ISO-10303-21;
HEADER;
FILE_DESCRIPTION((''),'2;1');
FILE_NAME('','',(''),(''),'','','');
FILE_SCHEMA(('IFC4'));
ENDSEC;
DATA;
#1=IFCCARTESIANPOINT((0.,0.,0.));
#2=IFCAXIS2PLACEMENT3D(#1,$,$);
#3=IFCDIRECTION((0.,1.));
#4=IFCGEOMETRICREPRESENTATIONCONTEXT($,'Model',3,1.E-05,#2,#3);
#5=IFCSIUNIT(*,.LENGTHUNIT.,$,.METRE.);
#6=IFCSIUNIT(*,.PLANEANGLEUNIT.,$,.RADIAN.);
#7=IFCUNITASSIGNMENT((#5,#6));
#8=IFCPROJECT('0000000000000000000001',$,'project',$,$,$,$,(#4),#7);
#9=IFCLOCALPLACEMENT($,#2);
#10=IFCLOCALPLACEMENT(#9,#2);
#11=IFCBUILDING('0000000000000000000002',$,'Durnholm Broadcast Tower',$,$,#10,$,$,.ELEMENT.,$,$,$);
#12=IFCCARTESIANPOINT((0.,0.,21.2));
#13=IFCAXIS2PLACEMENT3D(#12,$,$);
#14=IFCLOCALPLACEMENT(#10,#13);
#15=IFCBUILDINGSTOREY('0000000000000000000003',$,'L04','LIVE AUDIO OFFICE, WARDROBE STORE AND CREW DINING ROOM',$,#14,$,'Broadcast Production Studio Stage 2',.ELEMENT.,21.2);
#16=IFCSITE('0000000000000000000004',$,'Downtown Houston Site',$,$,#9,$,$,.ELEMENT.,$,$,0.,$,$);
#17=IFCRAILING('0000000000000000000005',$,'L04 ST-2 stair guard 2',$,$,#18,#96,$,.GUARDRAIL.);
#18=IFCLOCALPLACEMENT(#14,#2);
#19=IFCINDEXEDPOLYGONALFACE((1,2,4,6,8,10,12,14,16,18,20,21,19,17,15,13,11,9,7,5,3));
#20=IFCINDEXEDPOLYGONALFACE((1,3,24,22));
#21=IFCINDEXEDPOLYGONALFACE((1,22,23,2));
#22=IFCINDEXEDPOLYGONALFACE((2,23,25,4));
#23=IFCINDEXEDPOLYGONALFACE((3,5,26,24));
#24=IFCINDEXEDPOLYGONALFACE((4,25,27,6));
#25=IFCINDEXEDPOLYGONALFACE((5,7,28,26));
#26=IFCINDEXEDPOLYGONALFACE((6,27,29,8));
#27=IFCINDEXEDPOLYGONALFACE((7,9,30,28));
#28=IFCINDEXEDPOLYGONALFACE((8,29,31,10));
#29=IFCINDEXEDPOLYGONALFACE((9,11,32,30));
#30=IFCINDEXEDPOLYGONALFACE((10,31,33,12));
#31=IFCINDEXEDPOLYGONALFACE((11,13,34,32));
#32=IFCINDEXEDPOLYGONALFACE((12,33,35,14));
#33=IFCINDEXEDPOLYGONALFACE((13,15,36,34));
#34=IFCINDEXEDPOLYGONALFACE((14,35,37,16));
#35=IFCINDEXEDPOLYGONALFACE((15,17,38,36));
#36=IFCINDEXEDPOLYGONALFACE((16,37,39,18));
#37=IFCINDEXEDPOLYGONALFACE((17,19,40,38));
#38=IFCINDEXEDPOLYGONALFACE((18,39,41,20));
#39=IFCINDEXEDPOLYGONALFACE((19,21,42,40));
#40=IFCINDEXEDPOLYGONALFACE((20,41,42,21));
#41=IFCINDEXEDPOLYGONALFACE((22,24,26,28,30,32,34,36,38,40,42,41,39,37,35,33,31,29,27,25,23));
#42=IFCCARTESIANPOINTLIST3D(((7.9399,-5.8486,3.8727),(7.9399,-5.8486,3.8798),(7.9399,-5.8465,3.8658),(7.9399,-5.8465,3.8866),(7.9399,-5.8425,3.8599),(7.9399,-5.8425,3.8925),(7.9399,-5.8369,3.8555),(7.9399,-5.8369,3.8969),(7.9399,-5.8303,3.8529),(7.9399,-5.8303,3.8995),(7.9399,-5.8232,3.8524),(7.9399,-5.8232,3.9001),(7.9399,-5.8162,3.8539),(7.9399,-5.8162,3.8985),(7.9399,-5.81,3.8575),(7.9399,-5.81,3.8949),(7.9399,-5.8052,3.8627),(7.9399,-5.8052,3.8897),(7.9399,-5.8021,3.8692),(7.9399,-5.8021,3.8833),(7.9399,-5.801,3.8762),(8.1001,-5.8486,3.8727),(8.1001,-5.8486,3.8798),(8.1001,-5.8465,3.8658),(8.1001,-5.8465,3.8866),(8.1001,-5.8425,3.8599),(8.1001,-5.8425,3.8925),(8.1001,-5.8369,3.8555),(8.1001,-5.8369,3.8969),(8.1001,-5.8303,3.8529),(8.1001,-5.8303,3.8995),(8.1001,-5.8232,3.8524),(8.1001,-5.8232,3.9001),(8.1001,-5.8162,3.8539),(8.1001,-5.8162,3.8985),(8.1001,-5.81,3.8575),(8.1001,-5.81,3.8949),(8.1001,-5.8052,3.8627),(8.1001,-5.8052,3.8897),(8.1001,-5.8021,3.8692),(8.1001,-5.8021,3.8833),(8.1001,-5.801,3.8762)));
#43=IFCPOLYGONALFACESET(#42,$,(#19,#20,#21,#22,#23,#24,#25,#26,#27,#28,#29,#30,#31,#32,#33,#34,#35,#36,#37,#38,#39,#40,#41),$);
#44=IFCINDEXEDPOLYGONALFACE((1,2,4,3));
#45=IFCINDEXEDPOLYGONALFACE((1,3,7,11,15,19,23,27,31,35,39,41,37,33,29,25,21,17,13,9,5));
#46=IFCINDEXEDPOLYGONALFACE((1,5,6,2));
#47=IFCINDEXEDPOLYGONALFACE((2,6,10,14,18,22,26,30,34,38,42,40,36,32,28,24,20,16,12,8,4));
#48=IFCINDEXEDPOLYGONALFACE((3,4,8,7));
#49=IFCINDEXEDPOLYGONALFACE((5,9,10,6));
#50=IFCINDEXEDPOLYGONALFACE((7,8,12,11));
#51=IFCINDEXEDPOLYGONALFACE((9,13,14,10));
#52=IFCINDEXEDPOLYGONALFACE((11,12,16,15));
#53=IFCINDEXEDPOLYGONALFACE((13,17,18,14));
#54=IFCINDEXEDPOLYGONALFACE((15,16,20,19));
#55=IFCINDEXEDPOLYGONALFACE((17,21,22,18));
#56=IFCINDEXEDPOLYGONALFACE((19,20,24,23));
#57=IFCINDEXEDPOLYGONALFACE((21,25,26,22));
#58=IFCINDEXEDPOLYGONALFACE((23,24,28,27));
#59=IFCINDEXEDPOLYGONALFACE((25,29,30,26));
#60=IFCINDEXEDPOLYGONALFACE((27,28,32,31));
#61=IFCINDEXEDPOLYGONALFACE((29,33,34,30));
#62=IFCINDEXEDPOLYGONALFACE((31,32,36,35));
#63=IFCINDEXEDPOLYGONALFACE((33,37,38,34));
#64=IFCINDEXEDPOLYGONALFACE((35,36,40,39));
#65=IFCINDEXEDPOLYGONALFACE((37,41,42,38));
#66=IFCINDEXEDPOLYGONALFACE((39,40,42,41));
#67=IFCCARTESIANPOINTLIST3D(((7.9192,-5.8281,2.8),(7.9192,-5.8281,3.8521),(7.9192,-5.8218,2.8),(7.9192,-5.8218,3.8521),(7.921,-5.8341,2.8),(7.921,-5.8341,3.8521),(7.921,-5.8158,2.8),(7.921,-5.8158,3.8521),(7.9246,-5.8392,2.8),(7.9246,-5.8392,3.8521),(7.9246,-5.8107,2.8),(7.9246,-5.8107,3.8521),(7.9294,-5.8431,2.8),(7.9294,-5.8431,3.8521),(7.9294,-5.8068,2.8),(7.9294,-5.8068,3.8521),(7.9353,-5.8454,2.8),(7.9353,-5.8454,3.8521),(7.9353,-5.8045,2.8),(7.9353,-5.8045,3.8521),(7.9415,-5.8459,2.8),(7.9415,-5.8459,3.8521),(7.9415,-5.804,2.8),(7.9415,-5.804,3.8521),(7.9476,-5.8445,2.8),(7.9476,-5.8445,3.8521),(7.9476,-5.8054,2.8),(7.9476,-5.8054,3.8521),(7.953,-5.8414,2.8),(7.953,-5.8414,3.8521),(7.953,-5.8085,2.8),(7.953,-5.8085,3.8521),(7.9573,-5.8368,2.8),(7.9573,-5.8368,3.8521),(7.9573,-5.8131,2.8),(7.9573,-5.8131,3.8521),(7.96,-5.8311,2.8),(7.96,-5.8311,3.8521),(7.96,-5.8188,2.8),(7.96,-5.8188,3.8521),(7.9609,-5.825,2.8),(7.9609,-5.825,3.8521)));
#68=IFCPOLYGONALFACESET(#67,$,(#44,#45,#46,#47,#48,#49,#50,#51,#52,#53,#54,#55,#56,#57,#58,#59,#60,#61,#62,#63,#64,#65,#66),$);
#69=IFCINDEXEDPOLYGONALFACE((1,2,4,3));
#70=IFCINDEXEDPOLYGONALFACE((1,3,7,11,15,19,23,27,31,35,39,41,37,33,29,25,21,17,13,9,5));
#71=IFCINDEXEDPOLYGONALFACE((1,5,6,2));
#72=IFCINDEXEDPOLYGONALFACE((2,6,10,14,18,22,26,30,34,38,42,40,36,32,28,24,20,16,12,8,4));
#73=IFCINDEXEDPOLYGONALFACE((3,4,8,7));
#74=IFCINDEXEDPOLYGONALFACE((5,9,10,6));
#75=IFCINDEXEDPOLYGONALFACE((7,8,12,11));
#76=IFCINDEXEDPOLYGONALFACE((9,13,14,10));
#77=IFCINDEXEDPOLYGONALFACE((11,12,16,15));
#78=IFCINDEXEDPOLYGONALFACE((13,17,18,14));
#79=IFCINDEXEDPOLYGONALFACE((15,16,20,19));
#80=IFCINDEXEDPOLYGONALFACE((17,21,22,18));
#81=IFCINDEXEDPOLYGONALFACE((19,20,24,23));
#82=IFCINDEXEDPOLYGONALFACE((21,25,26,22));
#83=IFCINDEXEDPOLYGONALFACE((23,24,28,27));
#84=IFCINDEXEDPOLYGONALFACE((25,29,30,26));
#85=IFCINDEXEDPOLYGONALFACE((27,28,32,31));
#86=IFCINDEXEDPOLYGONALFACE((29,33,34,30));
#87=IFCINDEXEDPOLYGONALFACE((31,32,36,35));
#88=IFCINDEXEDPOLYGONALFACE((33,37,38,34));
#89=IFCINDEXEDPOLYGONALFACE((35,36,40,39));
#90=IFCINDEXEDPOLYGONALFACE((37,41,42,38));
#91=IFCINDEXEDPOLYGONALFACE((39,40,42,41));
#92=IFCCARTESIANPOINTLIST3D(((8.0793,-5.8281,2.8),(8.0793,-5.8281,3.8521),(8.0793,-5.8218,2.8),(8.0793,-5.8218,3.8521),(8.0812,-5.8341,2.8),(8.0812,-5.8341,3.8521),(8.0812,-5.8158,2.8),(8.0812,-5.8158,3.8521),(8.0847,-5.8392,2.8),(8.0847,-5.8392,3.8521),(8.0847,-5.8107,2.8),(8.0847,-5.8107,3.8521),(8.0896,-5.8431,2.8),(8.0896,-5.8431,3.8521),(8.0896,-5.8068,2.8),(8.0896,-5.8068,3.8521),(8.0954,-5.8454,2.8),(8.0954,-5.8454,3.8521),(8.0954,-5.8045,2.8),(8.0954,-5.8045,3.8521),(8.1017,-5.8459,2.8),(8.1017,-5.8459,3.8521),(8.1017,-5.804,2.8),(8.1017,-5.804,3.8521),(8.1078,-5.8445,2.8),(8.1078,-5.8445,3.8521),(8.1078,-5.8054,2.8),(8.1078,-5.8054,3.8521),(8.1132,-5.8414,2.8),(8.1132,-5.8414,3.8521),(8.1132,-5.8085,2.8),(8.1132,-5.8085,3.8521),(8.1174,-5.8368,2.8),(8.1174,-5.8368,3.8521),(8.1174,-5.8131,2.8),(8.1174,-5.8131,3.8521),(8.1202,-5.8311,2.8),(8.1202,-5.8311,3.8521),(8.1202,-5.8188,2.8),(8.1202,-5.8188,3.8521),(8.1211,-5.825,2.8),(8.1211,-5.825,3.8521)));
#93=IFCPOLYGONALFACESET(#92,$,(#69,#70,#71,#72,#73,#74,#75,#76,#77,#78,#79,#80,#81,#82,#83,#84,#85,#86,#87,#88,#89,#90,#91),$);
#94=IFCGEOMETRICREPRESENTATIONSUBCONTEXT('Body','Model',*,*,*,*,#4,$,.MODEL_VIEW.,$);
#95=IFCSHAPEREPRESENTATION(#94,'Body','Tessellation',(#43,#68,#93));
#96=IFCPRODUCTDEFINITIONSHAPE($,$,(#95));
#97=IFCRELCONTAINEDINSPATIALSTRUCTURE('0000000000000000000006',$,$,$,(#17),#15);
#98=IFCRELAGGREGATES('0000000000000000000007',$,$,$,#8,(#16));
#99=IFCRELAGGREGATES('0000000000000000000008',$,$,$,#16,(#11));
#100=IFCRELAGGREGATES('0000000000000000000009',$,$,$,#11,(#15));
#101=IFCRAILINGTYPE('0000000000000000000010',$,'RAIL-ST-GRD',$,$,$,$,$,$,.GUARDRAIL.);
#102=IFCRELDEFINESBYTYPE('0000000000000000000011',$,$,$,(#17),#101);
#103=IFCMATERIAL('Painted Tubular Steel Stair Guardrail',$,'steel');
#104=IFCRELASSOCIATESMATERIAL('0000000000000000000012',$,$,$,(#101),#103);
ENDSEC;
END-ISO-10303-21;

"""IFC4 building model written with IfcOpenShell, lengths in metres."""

from ifc_helpers import new_model, si_unit, direction, frame, origin, origin_2d, place, context, subcontext, project, spatial, circle, extrude, material, type_object, element, save


model = new_model("IFC4")

# Units and contexts
model_context = context("Model", 3, precision=1e-05, world=origin(), true_north=direction((0.0, 1.0)))
body_context = subcontext(model_context, "Body", "Model", "MODEL_VIEW")
ifc_project = project(units=[si_unit("LENGTHUNIT", "METRE"), si_unit("PLANEANGLEUNIT", "RADIAN")], contexts=[model_context])

# Site, building, storey
site_placement = place(None, origin())
site = spatial("IfcSite", under=ifc_project, at=site_placement, Name="Downtown Houston Site", CompositionType="ELEMENT", RefElevation=0.0)
building_placement = place(site_placement, origin())
building = spatial("IfcBuilding", under=site, at=building_placement, Name="Durnholm Broadcast Tower", CompositionType="ELEMENT")
storey_placement = place(building_placement, frame((0.0, 0.0, 21.2)))
storey = spatial("IfcBuildingStorey", under=building, at=storey_placement, Name="L04", Description="LIVE AUDIO OFFICE, WARDROBE STORE AND CREW DINING ROOM", LongName="Broadcast Production Studio Stage 2", CompositionType="ELEMENT", Elevation=21.2)

# Railing
ifc_material_1 = material(Name="Painted Tubular Steel Stair Guardrail", Category="steel")
railing_type_1 = type_object("IfcRailingType", Name="RAIL-ST-GRD", PredefinedType="GUARDRAIL", material=ifc_material_1)
railing_1_placement = place(storey_placement, frame((7.9399, -5.825, 2.8)))
element("IfcRailing", 1, at=railing_1_placement, inside=storey, type_object=railing_type_1, Name="L04 ST-2 stair guard 2", PredefinedType="GUARDRAIL", context=body_context, shape_type="SweptSolid", body=[
    extrude(circle(Radius=0.0239, at=origin_2d()), frame((0.0, 0.0, 1.0762), z_axis=(1.0, 0.0, 0.0), x_axis=(0.0, 1.0, 0.0)), (0.0, 0.0, 1.0), 0.1602),
    extrude(circle(Radius=0.021, at=origin_2d()), origin(), (0.0, 0.0, 1.0), 1.052),
    extrude(circle(Radius=0.021, at=origin_2d()), frame((0.1602, 0.0, 0.0)), (0.0, 0.0, 1.0), 1.052),
])

save(model, "model.ifc")
